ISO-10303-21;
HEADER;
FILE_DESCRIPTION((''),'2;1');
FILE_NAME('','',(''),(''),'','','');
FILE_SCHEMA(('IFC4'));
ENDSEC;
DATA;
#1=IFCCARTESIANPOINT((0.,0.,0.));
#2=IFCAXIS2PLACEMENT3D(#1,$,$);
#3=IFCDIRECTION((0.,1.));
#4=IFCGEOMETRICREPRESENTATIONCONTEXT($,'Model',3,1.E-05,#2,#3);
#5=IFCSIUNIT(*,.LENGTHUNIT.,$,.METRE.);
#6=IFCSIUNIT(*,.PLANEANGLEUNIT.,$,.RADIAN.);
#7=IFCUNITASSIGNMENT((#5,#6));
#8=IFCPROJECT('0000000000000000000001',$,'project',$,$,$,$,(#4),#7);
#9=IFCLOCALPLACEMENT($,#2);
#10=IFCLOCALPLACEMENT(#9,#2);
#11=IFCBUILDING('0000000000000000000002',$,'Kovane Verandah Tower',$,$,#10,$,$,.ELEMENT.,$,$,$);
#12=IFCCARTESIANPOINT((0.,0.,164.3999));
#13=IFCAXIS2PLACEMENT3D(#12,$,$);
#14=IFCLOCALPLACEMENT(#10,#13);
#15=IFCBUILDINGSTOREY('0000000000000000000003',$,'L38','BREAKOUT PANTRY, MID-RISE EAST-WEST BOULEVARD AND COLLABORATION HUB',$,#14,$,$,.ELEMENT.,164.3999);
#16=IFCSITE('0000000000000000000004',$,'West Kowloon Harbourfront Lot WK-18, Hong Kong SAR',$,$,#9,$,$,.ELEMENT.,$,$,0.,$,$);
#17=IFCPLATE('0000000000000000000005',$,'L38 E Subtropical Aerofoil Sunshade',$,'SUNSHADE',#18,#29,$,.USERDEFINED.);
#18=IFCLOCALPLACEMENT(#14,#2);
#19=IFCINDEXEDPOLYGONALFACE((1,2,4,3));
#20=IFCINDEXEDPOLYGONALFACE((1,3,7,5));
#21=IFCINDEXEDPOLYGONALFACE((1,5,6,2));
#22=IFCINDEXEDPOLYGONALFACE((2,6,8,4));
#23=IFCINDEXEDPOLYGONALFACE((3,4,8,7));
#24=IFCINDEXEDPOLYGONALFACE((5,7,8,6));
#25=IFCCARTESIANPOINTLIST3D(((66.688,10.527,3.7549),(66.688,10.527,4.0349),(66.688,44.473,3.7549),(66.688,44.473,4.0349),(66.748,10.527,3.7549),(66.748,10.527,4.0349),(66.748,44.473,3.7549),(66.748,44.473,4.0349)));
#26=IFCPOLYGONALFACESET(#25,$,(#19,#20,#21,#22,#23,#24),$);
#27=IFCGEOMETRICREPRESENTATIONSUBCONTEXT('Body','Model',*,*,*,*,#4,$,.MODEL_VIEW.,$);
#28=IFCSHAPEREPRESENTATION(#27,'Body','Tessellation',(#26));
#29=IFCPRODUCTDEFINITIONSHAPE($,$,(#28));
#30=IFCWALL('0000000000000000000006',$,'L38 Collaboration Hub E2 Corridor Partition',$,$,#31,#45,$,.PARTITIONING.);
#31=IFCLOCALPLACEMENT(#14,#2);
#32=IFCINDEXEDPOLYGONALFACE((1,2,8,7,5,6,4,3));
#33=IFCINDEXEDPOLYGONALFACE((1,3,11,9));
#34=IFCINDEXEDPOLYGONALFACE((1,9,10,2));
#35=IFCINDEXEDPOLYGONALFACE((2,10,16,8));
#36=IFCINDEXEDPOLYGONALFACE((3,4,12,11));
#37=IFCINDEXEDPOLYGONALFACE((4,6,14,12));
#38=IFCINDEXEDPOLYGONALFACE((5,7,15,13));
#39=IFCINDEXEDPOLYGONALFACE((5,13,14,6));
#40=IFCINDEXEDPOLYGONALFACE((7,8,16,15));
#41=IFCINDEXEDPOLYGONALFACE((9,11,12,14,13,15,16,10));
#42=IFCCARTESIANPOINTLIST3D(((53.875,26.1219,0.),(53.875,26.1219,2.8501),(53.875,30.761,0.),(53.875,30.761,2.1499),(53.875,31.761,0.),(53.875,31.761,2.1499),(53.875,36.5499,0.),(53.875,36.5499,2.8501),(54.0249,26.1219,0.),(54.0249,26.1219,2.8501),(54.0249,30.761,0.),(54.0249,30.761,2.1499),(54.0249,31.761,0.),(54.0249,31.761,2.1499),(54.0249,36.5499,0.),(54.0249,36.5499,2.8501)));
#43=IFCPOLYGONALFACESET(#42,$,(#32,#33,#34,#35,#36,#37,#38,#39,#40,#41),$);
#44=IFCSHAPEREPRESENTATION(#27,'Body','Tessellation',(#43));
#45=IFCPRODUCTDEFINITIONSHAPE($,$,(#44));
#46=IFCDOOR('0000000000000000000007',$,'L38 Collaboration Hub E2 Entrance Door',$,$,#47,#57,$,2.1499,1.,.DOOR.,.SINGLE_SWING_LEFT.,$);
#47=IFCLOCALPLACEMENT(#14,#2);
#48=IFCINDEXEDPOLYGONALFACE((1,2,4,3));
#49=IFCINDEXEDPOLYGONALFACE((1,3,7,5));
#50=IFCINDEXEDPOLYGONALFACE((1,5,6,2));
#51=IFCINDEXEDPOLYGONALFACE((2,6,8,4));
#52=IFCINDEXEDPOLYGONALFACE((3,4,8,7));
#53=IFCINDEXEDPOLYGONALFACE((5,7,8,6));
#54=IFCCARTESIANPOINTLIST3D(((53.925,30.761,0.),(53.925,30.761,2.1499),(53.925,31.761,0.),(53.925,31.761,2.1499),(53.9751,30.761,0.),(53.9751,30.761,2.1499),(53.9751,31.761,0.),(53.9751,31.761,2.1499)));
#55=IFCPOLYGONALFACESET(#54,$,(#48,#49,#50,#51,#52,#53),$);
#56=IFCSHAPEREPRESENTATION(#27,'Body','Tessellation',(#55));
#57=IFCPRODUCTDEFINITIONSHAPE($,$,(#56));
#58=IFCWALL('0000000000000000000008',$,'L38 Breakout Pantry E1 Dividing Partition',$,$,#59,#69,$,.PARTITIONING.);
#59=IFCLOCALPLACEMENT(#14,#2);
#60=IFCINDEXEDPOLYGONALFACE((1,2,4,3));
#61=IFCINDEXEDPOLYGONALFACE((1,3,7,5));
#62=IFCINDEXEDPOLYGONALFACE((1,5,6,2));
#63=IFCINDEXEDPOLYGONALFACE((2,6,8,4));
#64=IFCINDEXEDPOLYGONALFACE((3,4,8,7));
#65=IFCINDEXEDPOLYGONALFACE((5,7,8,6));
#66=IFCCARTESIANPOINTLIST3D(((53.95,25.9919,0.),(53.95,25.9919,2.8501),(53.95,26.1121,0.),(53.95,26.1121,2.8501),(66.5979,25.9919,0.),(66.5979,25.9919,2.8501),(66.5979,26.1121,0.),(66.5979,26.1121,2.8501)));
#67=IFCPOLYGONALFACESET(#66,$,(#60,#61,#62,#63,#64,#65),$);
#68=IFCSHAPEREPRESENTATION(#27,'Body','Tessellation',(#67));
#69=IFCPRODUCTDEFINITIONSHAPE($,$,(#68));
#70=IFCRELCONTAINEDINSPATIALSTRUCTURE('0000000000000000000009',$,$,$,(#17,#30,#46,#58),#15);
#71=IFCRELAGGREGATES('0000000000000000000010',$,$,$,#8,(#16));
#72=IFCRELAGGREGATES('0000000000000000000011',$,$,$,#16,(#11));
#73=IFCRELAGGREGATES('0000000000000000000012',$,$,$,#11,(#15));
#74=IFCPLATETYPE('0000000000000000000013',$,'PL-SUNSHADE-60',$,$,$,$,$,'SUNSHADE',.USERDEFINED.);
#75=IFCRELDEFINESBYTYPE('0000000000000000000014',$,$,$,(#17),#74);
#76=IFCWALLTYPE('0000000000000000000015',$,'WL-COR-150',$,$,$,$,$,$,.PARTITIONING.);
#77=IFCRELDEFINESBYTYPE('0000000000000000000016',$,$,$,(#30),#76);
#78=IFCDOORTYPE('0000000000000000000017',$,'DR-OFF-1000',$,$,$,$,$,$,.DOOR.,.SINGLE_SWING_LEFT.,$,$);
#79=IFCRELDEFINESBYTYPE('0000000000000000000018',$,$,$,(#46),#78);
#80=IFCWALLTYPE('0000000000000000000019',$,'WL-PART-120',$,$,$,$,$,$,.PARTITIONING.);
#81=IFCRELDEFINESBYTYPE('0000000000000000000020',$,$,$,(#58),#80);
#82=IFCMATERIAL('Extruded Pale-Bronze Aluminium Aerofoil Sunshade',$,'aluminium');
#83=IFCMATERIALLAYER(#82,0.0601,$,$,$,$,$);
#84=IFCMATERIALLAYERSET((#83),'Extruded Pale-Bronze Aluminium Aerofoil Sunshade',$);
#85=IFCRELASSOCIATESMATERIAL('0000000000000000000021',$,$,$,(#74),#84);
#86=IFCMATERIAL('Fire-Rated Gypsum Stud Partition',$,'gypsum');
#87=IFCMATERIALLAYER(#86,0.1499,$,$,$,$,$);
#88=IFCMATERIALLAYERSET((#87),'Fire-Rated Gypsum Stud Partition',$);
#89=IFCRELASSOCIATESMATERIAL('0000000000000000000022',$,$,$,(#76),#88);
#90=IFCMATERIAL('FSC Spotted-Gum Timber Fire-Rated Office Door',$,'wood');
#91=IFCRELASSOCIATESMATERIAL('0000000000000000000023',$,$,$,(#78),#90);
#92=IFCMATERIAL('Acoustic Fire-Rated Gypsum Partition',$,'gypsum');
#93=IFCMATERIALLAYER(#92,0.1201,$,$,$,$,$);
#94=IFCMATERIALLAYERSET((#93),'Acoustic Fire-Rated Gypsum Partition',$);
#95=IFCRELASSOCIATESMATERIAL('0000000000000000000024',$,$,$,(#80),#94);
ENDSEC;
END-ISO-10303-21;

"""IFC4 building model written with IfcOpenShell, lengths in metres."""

from ifc_helpers import new_model, si_unit, direction, frame, frame_2d, origin, origin_2d, place, context, subcontext, project, spatial, rectangle, extrude, material, layer, layer_set, type_object, element, fill, save


model = new_model("IFC4")

# Units and contexts
model_context = context("Model", 3, precision=1e-05, world=origin(), true_north=direction((0.0, 1.0)))
body_context = subcontext(model_context, "Body", "Model", "MODEL_VIEW")
ifc_project = project(units=[si_unit("LENGTHUNIT", "METRE"), si_unit("PLANEANGLEUNIT", "RADIAN")], contexts=[model_context])

# Site, building, storey
site_placement = place(None, origin())
site = spatial("IfcSite", under=ifc_project, at=site_placement, Name="West Kowloon Harbourfront Lot WK-18, Hong Kong SAR", CompositionType="ELEMENT", RefElevation=0.0)
building_placement = place(site_placement, origin())
building = spatial("IfcBuilding", under=site, at=building_placement, Name="Kovane Verandah Tower", CompositionType="ELEMENT")
storey_placement = place(building_placement, frame((0.0, 0.0, 164.3999)))
storey = spatial("IfcBuildingStorey", under=building, at=storey_placement, Name="L38", Description="BREAKOUT PANTRY, MID-RISE EAST-WEST BOULEVARD AND COLLABORATION HUB", CompositionType="ELEMENT", Elevation=164.3999)

# Plate
ifc_material_1 = material(Name="Extruded Pale-Bronze Aluminium Aerofoil Sunshade", Category="aluminium")
ifc_layer_1 = layer(ifc_material_1, 0.0601)
ifc_layer_set_1 = layer_set([ifc_layer_1], Name="Extruded Pale-Bronze Aluminium Aerofoil Sunshade")
plate_type_1 = type_object("IfcPlateType", Name="PL-SUNSHADE-60", ElementType="SUNSHADE", PredefinedType="USERDEFINED", material=ifc_layer_set_1)
plate_1_placement = place(storey_placement, frame((66.718, 27.5, 3.7549), z_axis=(0.0, 0.0, 1.0), x_axis=(0.0, 1.0, 0.0)))
element("IfcPlate", 1, at=plate_1_placement, inside=storey, type_object=plate_type_1, Name="L38 E Subtropical Aerofoil Sunshade", ObjectType="SUNSHADE", PredefinedType="USERDEFINED", context=body_context, shape_type="SweptSolid", body=[
    extrude(rectangle(XDim=33.946, YDim=0.0601, at=origin_2d()), origin(), (0.0, 0.0, 1.0), 0.28),
])

# Wall, opening, door
ifc_material_2 = material(Name="Fire-Rated Gypsum Stud Partition", Category="gypsum")
ifc_layer_2 = layer(ifc_material_2, 0.1499)
ifc_layer_set_2 = layer_set([ifc_layer_2], Name="Fire-Rated Gypsum Stud Partition")
wall_type_1 = type_object("IfcWallType", Name="WL-COR-150", PredefinedType="PARTITIONING", material=ifc_layer_set_2)
wall_1_placement = place(storey_placement, frame((53.95, 26.1221, 0.0), z_axis=(0.0, 0.0, 1.0), x_axis=(0.0, 1.0, 0.0)))
wall_1 = element("IfcWall", 2, at=wall_1_placement, inside=storey, type_object=wall_type_1, Name="L38 Collaboration Hub E2 Corridor Partition", PredefinedType="PARTITIONING", context=body_context, shape_type="SweptSolid", body=[
    extrude(rectangle(XDim=10.428, YDim=0.1499, at=frame_2d((5.2139, 0.0))), origin(), (0.0, 0.0, 1.0), 2.8501),
])
opening_placement = place(wall_1_placement, frame((4.6389, 0.0, 0.0)))
opening = element("IfcOpeningElement", 3, at=opening_placement, cuts=wall_1, PredefinedType="OPENING", context=body_context, shape_type="SweptSolid", body=[
    extrude(rectangle(XDim=1.0, YDim=2.1499, at=frame_2d((0.5, 1.075))), frame((0.0, 0.075, 0.0), z_axis=(0.0, -1.0, 0.0), x_axis=(1.0, 0.0, 0.0)), (0.0, 0.0, 1.0), 0.1499),
])
ifc_material_3 = material(Name="FSC Spotted-Gum Timber Fire-Rated Office Door", Category="wood")
door_type = type_object("IfcDoorType", Name="DR-OFF-1000", OperationType="SINGLE_SWING_LEFT", PredefinedType="DOOR", material=ifc_material_3)
door_placement = place(opening_placement, origin())
door = element("IfcDoor", 4, at=door_placement, inside=storey, type_object=door_type, Name="L38 Collaboration Hub E2 Entrance Door", OperationType="SINGLE_SWING_LEFT", OverallHeight=2.1499, OverallWidth=1.0, PredefinedType="DOOR", context=body_context, shape_type="SweptSolid", body=[
    extrude(rectangle(XDim=1.0, YDim=2.1499, at=frame_2d((0.5, 1.075))), frame((0.0, 0.0249, 0.0), z_axis=(0.0, -1.0, 0.0), x_axis=(1.0, 0.0, 0.0)), (0.0, 0.0, 1.0), 0.05),
])
fill(opening, door)

# Wall
ifc_material_4 = material(Name="Acoustic Fire-Rated Gypsum Partition", Category="gypsum")
ifc_layer_3 = layer(ifc_material_4, 0.1201)
ifc_layer_set_3 = layer_set([ifc_layer_3], Name="Acoustic Fire-Rated Gypsum Partition")
wall_type_2 = type_object("IfcWallType", Name="WL-PART-120", PredefinedType="PARTITIONING", material=ifc_layer_set_3)
wall_2_placement = place(storey_placement, frame((53.95, 26.052, 0.0), z_axis=(0.0, 0.0, 1.0), x_axis=(1.0, 0.0, 0.0)))
element("IfcWall", 5, at=wall_2_placement, inside=storey, type_object=wall_type_2, Name="L38 Breakout Pantry E1 Dividing Partition", PredefinedType="PARTITIONING", context=body_context, shape_type="SweptSolid", body=[
    extrude(rectangle(XDim=12.6479, YDim=0.1201, at=frame_2d((6.324, 0.0))), origin(), (0.0, 0.0, 1.0), 2.8501),
])

save(model, "model.ifc")
